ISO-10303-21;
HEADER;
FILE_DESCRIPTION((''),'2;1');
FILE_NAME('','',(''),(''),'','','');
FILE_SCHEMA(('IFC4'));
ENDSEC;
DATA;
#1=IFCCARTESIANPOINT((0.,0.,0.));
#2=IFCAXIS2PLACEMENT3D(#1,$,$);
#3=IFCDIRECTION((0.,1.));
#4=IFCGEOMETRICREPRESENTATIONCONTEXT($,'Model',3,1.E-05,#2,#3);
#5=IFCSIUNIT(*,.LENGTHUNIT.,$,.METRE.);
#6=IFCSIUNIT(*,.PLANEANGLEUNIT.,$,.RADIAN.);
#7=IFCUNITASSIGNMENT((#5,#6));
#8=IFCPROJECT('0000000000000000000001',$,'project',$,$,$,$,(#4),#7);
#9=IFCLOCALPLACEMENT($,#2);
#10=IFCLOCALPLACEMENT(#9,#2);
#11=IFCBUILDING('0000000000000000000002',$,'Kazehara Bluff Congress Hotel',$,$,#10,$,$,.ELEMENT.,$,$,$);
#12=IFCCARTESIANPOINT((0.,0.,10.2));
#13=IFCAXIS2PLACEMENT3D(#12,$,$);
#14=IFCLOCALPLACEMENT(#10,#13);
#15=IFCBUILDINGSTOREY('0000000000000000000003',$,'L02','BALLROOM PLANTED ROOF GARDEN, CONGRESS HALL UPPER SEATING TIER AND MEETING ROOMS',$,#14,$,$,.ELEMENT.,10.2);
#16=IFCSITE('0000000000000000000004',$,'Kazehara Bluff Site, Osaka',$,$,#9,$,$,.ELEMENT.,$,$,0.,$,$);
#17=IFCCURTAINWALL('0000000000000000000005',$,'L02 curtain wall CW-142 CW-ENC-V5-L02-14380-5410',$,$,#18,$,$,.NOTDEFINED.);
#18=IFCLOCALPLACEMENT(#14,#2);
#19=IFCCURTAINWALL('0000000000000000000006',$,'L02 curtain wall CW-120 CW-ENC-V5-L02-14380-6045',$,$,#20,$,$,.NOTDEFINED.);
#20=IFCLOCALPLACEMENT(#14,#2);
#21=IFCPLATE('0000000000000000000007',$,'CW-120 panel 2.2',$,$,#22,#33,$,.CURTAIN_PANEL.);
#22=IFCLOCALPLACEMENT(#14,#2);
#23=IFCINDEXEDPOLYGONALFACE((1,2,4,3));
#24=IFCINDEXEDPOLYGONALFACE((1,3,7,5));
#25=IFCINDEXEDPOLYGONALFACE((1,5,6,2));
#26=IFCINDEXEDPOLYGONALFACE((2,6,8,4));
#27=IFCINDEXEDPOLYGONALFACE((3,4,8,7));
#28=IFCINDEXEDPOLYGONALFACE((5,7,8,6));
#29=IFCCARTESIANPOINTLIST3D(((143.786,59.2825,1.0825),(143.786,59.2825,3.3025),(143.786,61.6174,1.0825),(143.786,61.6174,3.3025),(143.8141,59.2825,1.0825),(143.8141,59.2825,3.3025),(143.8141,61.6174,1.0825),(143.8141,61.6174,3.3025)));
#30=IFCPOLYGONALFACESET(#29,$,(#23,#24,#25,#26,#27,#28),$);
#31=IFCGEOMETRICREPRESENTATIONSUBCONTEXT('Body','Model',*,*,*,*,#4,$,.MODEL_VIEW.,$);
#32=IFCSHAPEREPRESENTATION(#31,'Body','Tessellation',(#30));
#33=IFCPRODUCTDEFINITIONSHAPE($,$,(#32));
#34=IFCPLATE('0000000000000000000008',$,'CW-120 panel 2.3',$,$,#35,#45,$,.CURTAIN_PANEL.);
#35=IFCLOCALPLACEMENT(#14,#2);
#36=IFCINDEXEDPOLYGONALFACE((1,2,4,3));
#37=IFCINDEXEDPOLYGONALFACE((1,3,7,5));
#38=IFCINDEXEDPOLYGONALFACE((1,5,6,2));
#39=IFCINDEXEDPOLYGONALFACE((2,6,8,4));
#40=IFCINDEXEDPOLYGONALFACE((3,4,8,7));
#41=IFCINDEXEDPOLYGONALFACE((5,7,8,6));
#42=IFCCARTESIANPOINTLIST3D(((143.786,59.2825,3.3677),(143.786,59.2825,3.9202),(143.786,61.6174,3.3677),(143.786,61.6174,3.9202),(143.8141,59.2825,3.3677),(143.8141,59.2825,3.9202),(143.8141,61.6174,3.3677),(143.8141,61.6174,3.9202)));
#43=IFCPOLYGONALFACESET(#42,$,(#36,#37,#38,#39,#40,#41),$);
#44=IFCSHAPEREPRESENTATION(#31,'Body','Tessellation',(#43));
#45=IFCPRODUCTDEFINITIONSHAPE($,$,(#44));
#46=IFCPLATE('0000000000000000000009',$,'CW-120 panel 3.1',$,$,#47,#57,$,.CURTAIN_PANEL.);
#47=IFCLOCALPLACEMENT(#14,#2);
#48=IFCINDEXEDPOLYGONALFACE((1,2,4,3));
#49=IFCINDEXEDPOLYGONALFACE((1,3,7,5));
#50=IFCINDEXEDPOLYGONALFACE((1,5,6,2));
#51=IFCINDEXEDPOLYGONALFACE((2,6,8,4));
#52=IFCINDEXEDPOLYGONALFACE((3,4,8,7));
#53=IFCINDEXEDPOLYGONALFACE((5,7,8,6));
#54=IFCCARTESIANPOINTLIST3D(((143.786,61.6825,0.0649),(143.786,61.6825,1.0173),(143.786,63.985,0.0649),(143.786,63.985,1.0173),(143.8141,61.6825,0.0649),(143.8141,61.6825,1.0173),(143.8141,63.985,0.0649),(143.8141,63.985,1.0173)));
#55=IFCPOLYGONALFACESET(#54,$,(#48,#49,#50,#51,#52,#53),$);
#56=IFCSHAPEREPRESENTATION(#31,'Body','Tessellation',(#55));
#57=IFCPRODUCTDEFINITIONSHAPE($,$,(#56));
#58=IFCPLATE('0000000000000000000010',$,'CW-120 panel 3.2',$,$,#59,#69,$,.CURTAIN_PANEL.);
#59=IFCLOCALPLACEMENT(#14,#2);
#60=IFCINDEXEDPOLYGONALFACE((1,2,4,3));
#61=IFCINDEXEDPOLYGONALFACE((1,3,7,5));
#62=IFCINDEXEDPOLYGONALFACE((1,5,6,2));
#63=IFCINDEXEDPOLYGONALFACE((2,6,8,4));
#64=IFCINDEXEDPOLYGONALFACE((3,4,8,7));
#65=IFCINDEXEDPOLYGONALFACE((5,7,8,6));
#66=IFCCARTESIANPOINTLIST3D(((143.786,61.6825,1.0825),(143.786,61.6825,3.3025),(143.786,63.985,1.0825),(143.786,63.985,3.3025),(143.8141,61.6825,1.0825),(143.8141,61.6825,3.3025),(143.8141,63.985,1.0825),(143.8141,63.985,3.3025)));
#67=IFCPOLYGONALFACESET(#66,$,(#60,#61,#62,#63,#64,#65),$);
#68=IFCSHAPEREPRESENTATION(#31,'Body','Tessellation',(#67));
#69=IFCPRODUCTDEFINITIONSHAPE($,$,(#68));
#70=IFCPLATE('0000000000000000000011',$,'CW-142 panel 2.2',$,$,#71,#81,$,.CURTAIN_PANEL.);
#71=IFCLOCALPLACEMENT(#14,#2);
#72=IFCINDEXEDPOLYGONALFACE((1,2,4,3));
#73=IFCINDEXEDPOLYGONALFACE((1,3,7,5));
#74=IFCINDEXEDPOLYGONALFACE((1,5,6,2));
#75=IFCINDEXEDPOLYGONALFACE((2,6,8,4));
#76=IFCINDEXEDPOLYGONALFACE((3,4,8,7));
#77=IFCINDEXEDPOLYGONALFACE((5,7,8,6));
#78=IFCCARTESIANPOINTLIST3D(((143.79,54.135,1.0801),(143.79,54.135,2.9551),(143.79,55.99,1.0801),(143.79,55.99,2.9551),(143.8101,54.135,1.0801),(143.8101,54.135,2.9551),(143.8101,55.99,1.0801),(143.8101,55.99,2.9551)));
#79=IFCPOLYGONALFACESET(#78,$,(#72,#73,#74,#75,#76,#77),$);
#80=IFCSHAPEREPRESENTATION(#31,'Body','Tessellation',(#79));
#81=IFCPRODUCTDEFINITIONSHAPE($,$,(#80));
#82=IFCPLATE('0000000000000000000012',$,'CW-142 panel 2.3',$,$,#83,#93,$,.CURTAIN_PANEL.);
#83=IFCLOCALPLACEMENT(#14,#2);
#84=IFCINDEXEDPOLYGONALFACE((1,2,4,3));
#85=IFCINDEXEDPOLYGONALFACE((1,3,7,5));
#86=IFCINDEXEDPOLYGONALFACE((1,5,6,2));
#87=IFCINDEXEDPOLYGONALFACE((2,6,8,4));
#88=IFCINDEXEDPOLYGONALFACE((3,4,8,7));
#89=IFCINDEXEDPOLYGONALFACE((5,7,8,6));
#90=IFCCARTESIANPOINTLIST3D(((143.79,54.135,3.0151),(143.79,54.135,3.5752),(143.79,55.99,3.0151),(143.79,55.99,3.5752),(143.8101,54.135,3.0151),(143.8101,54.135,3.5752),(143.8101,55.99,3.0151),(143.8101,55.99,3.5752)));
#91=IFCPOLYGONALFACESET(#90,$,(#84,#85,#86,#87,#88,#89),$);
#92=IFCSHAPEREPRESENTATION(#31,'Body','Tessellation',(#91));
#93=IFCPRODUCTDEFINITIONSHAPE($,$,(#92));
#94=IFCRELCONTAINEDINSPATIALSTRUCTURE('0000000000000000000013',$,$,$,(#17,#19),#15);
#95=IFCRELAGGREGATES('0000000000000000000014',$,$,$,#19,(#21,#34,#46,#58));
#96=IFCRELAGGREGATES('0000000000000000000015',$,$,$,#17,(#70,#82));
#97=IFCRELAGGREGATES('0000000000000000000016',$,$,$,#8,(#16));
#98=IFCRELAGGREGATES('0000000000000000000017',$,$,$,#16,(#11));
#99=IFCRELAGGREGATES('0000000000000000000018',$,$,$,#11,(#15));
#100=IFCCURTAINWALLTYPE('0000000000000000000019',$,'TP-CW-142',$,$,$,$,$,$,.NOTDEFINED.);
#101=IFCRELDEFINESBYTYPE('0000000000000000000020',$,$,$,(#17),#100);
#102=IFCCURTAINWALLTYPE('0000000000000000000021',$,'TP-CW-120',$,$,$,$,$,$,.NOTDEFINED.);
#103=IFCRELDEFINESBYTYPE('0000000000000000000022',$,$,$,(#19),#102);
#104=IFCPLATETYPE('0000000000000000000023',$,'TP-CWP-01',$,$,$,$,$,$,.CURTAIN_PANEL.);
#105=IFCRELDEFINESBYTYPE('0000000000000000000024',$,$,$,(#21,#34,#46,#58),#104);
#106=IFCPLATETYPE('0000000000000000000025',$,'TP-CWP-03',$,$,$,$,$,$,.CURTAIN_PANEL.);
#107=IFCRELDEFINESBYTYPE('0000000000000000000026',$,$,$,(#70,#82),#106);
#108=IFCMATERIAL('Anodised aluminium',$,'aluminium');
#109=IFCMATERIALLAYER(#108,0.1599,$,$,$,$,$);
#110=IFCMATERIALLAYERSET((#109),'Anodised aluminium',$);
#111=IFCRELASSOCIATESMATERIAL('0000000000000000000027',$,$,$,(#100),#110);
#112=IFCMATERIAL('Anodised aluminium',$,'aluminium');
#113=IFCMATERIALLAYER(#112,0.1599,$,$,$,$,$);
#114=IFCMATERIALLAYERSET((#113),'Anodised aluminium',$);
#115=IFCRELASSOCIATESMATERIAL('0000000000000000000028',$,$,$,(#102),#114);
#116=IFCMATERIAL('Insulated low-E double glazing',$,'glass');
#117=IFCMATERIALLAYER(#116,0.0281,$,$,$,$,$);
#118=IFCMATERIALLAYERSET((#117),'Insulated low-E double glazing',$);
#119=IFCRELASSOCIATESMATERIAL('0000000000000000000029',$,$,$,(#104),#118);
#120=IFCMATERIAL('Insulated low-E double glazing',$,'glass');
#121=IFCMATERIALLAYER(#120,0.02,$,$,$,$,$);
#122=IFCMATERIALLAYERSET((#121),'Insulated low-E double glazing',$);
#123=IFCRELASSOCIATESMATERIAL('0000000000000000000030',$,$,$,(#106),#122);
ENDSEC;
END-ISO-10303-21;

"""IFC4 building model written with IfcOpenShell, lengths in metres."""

from ifc_helpers import new_model, si_unit, direction, frame, origin, origin_2d, place, context, subcontext, project, spatial, rectangle, extrude, material, layer, layer_set, type_object, element, aggregate, save


model = new_model("IFC4")

# Units and contexts
model_context = context("Model", 3, precision=1e-05, world=origin(), true_north=direction((0.0, 1.0)))
body_context = subcontext(model_context, "Body", "Model", "MODEL_VIEW")
ifc_project = project(units=[si_unit("LENGTHUNIT", "METRE"), si_unit("PLANEANGLEUNIT", "RADIAN")], contexts=[model_context])

# Site, building, storey
site_placement = place(None, origin())
site = spatial("IfcSite", under=ifc_project, at=site_placement, Name="Kazehara Bluff Site, Osaka", CompositionType="ELEMENT", RefElevation=0.0)
building_placement = place(site_placement, origin())
building = spatial("IfcBuilding", under=site, at=building_placement, Name="Kazehara Bluff Congress Hotel", CompositionType="ELEMENT")
storey_placement = place(building_placement, frame((0.0, 0.0, 10.2)))
storey = spatial("IfcBuildingStorey", under=building, at=storey_placement, Name="L02", Description="BALLROOM PLANTED ROOF GARDEN, CONGRESS HALL UPPER SEATING TIER AND MEETING ROOMS", CompositionType="ELEMENT", Elevation=10.2)

# Curtain wall
ifc_material_1 = material(Name="Anodised aluminium", Category="aluminium")
ifc_layer_1 = layer(ifc_material_1, 0.1599)
ifc_layer_set_1 = layer_set([ifc_layer_1], Name="Anodised aluminium")
curtain_wall_type_1 = type_object("IfcCurtainWallType", Name="TP-CW-142", PredefinedType="NOTDEFINED", material=ifc_layer_set_1)
curtain_wall_1_placement = place(storey_placement, origin())
curtain_wall_1 = element("IfcCurtainWall", 1, at=curtain_wall_1_placement, inside=storey, type_object=curtain_wall_type_1, Name="L02 curtain wall CW-142 CW-ENC-V5-L02-14380-5410", PredefinedType="NOTDEFINED")

# Curtain wall, plates
ifc_material_2 = material(Name="Anodised aluminium", Category="aluminium")
ifc_layer_2 = layer(ifc_material_2, 0.1599)
ifc_layer_set_2 = layer_set([ifc_layer_2], Name="Anodised aluminium")
curtain_wall_type_2 = type_object("IfcCurtainWallType", Name="TP-CW-120", PredefinedType="NOTDEFINED", material=ifc_layer_set_2)
curtain_wall_2_placement = place(storey_placement, origin())
curtain_wall_2 = element("IfcCurtainWall", 2, at=curtain_wall_2_placement, inside=storey, type_object=curtain_wall_type_2, Name="L02 curtain wall CW-120 CW-ENC-V5-L02-14380-6045", PredefinedType="NOTDEFINED")
ifc_material_3 = material(Name="Insulated low-E double glazing", Category="glass")
ifc_layer_3 = layer(ifc_material_3, 0.0281)
ifc_layer_set_3 = layer_set([ifc_layer_3], Name="Insulated low-E double glazing")
plate_type_1 = type_object("IfcPlateType", Name="TP-CWP-01", PredefinedType="CURTAIN_PANEL", material=ifc_layer_set_3)
plate_1_placement = place(storey_placement, frame((143.8, 60.45, 1.0825), z_axis=(0.0, 0.0, 1.0), x_axis=(0.0, 1.0, 0.0)))
plate_1 = element("IfcPlate", 3, at=plate_1_placement, type_object=plate_type_1, Name="CW-120 panel 2.2", PredefinedType="CURTAIN_PANEL", context=body_context, shape_type="SweptSolid", body=[
    extrude(rectangle(XDim=2.335, YDim=0.0281, at=origin_2d()), origin(), (0.0, 0.0, 1.0), 2.22),
])
plate_2_placement = place(storey_placement, frame((143.8, 60.45, 3.3677), z_axis=(0.0, 0.0, 1.0), x_axis=(0.0, 1.0, 0.0)))
plate_2 = element("IfcPlate", 4, at=plate_2_placement, type_object=plate_type_1, Name="CW-120 panel 2.3", PredefinedType="CURTAIN_PANEL", context=body_context, shape_type="SweptSolid", body=[
    extrude(rectangle(XDim=2.335, YDim=0.0281, at=origin_2d()), origin(), (0.0, 0.0, 1.0), 0.5525),
])
plate_3_placement = place(storey_placement, frame((143.8, 62.8337, 0.0649), z_axis=(0.0, 0.0, 1.0), x_axis=(0.0, 1.0, 0.0)))
plate_3 = element("IfcPlate", 5, at=plate_3_placement, type_object=plate_type_1, Name="CW-120 panel 3.1", PredefinedType="CURTAIN_PANEL", context=body_context, shape_type="SweptSolid", body=[
    extrude(rectangle(XDim=2.3025, YDim=0.0281, at=origin_2d()), origin(), (0.0, 0.0, 1.0), 0.9524),
])
plate_4_placement = place(storey_placement, frame((143.8, 62.8337, 1.0825), z_axis=(0.0, 0.0, 1.0), x_axis=(0.0, 1.0, 0.0)))
plate_4 = element("IfcPlate", 6, at=plate_4_placement, type_object=plate_type_1, Name="CW-120 panel 3.2", PredefinedType="CURTAIN_PANEL", context=body_context, shape_type="SweptSolid", body=[
    extrude(rectangle(XDim=2.3025, YDim=0.0281, at=origin_2d()), origin(), (0.0, 0.0, 1.0), 2.22),
])
aggregate(curtain_wall_2, [plate_1, plate_2, plate_3, plate_4])

# Plates
ifc_material_4 = material(Name="Insulated low-E double glazing", Category="glass")
ifc_layer_4 = layer(ifc_material_4, 0.02)
ifc_layer_set_4 = layer_set([ifc_layer_4], Name="Insulated low-E double glazing")
plate_type_2 = type_object("IfcPlateType", Name="TP-CWP-03", PredefinedType="CURTAIN_PANEL", material=ifc_layer_set_4)
plate_5_placement = place(storey_placement, frame((143.8, 55.0625, 1.0801), z_axis=(0.0, 0.0, 1.0), x_axis=(0.0, 1.0, 0.0)))
plate_5 = element("IfcPlate", 7, at=plate_5_placement, type_object=plate_type_2, Name="CW-142 panel 2.2", PredefinedType="CURTAIN_PANEL", context=body_context, shape_type="SweptSolid", body=[
    extrude(rectangle(XDim=1.855, YDim=0.02, at=origin_2d()), origin(), (0.0, 0.0, 1.0), 1.875),
])
plate_6_placement = place(storey_placement, frame((143.8, 55.0625, 3.0151), z_axis=(0.0, 0.0, 1.0), x_axis=(0.0, 1.0, 0.0)))
plate_6 = element("IfcPlate", 8, at=plate_6_placement, type_object=plate_type_2, Name="CW-142 panel 2.3", PredefinedType="CURTAIN_PANEL", context=body_context, shape_type="SweptSolid", body=[
    extrude(rectangle(XDim=1.855, YDim=0.02, at=origin_2d()), origin(), (0.0, 0.0, 1.0), 0.5601),
])
aggregate(curtain_wall_1, [plate_5, plate_6])

save(model, "model.ifc")
